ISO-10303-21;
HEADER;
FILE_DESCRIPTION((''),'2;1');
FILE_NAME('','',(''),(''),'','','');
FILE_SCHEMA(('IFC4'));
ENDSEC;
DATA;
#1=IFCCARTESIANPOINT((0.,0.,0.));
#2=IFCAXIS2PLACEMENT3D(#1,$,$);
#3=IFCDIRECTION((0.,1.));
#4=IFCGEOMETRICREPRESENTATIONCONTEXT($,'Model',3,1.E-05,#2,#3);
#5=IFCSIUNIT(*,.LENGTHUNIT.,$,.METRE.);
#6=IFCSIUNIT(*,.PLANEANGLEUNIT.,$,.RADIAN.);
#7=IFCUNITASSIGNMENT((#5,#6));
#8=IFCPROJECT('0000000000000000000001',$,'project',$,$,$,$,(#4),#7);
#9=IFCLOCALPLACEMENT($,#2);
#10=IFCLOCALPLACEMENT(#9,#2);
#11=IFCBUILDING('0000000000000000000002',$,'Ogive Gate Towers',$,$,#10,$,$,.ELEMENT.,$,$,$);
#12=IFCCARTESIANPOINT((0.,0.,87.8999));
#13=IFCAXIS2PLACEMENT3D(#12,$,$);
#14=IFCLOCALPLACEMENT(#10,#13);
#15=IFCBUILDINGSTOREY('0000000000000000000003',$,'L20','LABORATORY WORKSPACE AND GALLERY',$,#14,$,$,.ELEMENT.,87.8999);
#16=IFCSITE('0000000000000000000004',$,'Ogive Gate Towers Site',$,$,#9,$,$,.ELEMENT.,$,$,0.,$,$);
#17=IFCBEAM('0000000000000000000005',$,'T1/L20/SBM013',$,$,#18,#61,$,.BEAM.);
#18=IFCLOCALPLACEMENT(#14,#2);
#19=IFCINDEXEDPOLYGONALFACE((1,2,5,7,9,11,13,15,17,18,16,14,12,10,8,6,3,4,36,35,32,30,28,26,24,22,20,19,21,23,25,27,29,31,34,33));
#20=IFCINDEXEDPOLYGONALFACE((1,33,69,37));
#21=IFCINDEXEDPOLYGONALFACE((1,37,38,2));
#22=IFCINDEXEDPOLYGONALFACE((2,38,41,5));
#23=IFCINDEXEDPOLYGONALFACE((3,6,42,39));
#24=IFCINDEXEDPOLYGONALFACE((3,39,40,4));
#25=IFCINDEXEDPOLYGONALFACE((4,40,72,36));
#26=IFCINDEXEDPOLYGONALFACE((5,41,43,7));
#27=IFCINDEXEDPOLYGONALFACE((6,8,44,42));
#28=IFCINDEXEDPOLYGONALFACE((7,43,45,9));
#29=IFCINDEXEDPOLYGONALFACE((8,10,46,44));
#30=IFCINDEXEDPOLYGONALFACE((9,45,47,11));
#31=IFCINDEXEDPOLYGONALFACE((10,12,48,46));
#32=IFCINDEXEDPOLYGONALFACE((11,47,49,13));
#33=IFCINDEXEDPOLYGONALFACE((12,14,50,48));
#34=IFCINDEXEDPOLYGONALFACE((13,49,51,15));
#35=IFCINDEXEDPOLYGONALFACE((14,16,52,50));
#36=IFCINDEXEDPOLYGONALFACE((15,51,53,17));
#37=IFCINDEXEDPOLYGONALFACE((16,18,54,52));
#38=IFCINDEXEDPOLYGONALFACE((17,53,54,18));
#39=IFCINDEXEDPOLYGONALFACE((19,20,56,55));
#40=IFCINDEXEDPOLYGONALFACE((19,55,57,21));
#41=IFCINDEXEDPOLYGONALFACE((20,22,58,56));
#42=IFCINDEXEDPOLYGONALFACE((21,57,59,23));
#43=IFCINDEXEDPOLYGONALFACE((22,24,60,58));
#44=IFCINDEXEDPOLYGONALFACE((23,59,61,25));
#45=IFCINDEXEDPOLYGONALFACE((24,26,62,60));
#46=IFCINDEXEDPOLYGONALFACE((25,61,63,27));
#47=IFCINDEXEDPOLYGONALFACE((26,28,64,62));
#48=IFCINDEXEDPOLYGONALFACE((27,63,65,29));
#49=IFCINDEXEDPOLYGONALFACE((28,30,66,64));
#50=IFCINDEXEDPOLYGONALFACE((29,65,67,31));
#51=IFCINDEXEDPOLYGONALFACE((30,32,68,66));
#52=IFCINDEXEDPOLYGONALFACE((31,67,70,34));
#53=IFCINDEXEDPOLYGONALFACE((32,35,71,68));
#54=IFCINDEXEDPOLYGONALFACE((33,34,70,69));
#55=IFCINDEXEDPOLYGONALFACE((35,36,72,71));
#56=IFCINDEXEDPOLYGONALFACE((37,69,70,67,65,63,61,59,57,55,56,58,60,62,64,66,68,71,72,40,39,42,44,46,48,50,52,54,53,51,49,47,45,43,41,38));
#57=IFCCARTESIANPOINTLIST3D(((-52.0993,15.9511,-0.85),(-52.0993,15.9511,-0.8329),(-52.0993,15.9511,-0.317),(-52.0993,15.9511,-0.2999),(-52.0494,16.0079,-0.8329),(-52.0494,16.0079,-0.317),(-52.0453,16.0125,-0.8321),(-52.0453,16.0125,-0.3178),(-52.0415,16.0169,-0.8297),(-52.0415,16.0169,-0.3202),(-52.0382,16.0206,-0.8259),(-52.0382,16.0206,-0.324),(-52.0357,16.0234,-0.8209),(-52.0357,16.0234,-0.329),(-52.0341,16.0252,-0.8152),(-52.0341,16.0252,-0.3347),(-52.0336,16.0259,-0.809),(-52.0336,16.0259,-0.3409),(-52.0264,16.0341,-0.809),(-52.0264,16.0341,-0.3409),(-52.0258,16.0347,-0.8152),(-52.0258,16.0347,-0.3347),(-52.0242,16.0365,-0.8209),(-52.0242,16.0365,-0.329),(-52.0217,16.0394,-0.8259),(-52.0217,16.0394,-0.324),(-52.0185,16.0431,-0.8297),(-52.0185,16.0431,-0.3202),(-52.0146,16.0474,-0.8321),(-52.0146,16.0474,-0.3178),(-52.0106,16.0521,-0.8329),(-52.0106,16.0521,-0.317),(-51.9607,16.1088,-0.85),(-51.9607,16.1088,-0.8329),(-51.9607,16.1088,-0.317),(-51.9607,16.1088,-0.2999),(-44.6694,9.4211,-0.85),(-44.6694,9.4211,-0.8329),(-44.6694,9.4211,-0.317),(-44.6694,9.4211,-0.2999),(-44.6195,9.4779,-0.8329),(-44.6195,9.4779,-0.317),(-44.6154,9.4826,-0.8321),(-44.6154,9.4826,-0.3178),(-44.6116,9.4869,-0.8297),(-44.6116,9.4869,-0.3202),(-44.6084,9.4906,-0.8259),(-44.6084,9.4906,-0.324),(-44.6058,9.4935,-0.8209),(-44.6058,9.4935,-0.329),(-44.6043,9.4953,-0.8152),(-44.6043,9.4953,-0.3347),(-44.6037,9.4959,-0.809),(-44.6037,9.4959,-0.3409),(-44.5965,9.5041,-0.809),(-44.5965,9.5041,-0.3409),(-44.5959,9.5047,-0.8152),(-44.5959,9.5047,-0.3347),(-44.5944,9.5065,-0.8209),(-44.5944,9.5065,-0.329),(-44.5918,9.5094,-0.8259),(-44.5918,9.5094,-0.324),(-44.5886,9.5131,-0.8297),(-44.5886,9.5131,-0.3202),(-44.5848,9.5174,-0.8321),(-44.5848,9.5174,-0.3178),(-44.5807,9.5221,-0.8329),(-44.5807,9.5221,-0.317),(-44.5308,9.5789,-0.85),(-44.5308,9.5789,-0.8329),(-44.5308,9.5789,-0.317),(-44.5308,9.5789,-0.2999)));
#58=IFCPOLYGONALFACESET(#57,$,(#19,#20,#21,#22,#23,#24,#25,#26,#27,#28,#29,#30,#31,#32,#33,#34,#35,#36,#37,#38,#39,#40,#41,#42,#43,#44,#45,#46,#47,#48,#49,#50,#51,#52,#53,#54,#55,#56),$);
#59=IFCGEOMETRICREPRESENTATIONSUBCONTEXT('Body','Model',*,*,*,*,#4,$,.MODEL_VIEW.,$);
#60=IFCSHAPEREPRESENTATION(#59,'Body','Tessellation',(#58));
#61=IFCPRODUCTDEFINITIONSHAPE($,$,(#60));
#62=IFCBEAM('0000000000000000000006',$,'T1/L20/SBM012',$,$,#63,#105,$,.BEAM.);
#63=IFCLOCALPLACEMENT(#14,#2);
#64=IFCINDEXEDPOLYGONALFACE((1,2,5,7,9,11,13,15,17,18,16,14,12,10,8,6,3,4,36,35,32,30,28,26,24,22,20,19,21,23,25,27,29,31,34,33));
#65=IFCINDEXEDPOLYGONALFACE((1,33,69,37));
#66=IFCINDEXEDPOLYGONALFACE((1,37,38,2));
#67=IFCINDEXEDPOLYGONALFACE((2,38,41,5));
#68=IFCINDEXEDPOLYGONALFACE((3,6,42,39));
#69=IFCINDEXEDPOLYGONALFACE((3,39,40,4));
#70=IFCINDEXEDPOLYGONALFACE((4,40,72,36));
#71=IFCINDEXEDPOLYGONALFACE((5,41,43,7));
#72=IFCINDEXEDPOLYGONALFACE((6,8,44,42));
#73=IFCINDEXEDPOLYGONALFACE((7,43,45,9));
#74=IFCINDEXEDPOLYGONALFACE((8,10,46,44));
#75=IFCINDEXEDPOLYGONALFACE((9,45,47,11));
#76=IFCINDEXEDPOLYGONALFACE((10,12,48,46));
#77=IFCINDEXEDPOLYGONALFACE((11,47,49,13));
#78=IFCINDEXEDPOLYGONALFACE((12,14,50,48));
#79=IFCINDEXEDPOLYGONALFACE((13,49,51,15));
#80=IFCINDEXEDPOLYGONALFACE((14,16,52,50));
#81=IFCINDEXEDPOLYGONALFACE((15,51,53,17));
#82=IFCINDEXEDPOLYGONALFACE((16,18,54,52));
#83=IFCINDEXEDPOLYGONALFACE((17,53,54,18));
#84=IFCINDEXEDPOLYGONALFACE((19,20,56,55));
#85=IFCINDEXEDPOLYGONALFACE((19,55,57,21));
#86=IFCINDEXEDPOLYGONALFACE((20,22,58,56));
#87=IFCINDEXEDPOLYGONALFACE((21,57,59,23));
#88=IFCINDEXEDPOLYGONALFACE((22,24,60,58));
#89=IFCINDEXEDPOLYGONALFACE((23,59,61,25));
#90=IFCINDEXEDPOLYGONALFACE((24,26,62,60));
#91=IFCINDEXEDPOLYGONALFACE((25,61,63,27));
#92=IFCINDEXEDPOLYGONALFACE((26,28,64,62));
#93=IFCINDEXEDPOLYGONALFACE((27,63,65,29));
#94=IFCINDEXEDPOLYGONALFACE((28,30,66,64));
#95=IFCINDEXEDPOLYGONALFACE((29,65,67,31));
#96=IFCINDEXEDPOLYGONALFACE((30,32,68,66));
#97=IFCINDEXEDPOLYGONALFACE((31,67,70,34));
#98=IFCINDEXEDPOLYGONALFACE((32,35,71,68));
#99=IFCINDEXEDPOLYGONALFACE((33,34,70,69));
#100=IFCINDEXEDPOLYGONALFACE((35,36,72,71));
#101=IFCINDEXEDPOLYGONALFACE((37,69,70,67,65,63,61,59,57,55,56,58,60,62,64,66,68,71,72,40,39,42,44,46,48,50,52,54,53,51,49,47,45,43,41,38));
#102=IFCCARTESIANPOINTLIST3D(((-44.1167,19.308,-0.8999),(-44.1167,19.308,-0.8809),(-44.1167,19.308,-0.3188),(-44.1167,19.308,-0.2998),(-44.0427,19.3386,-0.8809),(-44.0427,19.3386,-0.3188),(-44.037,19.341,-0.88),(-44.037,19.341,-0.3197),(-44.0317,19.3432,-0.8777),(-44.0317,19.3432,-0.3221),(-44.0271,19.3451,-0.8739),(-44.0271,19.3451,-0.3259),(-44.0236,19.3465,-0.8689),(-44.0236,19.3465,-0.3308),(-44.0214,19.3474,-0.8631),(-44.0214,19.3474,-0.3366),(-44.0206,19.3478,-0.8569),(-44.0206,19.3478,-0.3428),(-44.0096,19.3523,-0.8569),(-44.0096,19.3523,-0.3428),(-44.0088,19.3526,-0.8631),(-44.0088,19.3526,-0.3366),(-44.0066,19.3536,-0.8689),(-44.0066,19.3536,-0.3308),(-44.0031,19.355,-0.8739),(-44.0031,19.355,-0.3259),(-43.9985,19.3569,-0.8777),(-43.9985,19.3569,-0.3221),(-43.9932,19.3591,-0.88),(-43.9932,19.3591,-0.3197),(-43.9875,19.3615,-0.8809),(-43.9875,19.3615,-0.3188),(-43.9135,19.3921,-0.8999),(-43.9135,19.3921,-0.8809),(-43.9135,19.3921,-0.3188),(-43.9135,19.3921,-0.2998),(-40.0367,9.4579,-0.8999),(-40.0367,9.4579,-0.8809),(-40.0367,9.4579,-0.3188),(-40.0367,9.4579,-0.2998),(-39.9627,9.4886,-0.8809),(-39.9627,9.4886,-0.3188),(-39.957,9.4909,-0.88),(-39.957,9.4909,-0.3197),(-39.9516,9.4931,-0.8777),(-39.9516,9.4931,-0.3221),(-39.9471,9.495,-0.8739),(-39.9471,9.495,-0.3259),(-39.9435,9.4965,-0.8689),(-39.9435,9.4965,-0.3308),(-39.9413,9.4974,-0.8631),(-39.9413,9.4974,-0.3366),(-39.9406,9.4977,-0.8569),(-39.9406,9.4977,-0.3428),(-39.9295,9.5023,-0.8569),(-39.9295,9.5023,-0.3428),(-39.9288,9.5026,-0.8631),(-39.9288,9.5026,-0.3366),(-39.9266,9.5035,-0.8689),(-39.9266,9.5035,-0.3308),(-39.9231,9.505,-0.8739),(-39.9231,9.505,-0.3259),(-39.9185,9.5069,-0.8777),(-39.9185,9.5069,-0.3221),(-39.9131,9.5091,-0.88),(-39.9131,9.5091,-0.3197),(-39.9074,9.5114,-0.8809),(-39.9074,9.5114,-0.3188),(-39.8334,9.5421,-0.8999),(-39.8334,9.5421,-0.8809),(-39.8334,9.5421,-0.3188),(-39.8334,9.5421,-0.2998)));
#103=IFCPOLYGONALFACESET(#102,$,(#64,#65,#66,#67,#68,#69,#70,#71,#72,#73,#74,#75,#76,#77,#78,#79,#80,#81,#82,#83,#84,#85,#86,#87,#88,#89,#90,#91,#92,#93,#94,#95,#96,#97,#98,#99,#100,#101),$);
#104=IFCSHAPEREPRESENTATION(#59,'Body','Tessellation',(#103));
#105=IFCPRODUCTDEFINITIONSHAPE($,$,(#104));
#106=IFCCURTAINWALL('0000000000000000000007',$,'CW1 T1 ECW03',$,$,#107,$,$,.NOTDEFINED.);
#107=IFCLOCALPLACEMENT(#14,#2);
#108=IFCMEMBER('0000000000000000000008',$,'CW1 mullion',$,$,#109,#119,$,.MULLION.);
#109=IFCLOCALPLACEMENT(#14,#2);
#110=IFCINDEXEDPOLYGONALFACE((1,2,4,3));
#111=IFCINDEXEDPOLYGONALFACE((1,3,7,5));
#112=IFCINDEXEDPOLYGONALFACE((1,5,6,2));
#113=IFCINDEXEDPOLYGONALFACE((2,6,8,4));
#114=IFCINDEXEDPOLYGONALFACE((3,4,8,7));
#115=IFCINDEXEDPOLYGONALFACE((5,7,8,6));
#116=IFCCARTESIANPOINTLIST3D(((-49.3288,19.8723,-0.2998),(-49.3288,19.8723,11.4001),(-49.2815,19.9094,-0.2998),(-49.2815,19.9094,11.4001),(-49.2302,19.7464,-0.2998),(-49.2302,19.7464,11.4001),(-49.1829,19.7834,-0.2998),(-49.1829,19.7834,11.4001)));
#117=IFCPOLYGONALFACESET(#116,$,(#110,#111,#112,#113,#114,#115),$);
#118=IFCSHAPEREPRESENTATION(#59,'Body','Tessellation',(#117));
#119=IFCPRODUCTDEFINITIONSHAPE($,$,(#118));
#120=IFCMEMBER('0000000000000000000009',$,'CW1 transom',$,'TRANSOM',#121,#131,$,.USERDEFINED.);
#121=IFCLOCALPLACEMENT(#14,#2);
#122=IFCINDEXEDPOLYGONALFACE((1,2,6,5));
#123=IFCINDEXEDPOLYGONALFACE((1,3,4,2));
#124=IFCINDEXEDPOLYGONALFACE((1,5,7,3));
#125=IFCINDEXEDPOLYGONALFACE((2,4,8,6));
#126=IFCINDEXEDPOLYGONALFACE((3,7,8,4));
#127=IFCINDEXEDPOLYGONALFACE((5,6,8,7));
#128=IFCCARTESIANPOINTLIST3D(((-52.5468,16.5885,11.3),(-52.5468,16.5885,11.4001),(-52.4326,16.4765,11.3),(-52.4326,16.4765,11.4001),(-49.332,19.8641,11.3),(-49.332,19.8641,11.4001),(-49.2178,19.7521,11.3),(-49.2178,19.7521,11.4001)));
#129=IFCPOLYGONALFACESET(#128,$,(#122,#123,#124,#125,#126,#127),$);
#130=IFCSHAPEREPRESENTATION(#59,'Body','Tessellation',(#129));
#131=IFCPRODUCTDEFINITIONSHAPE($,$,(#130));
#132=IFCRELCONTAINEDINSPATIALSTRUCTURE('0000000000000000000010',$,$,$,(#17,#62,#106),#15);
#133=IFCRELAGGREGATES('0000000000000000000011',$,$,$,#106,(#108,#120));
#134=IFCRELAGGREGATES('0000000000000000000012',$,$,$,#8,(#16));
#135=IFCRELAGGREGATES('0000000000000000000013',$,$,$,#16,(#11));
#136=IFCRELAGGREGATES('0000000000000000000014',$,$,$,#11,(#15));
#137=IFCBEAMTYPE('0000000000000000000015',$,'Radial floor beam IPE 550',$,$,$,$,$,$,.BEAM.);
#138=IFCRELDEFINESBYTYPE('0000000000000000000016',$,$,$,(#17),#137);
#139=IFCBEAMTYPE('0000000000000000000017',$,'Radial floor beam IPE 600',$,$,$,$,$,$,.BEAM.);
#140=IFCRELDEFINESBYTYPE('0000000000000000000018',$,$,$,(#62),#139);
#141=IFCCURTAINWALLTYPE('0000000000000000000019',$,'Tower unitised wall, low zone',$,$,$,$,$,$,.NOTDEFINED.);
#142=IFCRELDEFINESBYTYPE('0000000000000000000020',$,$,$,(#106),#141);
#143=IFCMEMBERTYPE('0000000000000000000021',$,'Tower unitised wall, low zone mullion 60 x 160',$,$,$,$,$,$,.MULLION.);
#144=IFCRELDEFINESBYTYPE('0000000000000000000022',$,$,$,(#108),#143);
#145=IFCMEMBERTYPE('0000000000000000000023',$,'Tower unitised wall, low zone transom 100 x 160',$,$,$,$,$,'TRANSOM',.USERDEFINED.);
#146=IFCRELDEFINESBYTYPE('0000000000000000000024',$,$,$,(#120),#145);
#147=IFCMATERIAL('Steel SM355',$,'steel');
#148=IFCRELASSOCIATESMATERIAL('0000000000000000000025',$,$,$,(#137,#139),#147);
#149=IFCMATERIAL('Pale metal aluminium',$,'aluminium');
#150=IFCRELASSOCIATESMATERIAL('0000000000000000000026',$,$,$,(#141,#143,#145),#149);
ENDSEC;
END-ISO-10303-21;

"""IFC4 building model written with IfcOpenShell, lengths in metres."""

from ifc_helpers import new_model, si_unit, direction, frame, origin, origin_2d, place, context, subcontext, project, spatial, rectangle, i_section, extrude, material, material_profile, profile_set, type_object, element, aggregate, save


model = new_model("IFC4")

# Units and contexts
model_context = context("Model", 3, precision=1e-05, world=origin(), true_north=direction((0.0, 1.0)))
body_context = subcontext(model_context, "Body", "Model", "MODEL_VIEW")
ifc_project = project(units=[si_unit("LENGTHUNIT", "METRE"), si_unit("PLANEANGLEUNIT", "RADIAN")], contexts=[model_context])

# Site, building, storey
site_placement = place(None, origin())
site = spatial("IfcSite", under=ifc_project, at=site_placement, Name="Ogive Gate Towers Site", CompositionType="ELEMENT", RefElevation=0.0)
building_placement = place(site_placement, origin())
building = spatial("IfcBuilding", under=site, at=building_placement, Name="Ogive Gate Towers", CompositionType="ELEMENT")
storey_placement = place(building_placement, frame((0.0, 0.0, 87.8999)))
storey = spatial("IfcBuildingStorey", under=building, at=storey_placement, Name="L20", Description="LABORATORY WORKSPACE AND GALLERY", CompositionType="ELEMENT", Elevation=87.8999)

# Beams
ifc_material_1 = material(Name="Steel SM355", Category="steel")
ifc_material_profile_1 = material_profile(ifc_material_1, i_section(OverallWidth=0.21, OverallDepth=0.55, WebThickness=0.011, FlangeThickness=0.0171, FilletRadius=0.0239, at=origin_2d()), Name="IPE 550")
ifc_profile_set_1 = profile_set([ifc_material_profile_1], Name="Steel SM355")
beam_type_1 = type_object("IfcBeamType", Name="Radial floor beam IPE 550", PredefinedType="BEAM", material=ifc_profile_set_1)
beam_1_placement = place(storey_placement, frame((-44.6001, 9.5, -0.575), z_axis=(-0.75113, 0.660154, 0.0), x_axis=(-0.660154, -0.75113, 0.0)))
element("IfcBeam", 1, at=beam_1_placement, inside=storey, type_object=beam_type_1, Name="T1/L20/SBM013", PredefinedType="BEAM", context=body_context, shape_type="SweptSolid", body=[
    extrude(i_section(OverallWidth=0.21, OverallDepth=0.55, WebThickness=0.011, FlangeThickness=0.0171, FilletRadius=0.0239, at=origin_2d()), origin(), (0.0, 0.0, 1.0), 9.8916),
])
ifc_material_profile_2 = material_profile(ifc_material_1, i_section(OverallWidth=0.22, OverallDepth=0.6001, WebThickness=0.012, FlangeThickness=0.019, FilletRadius=0.0239, at=origin_2d()), Name="IPE 600")
ifc_profile_set_2 = profile_set([ifc_material_profile_2], Name="Steel SM355")
beam_type_2 = type_object("IfcBeamType", Name="Radial floor beam IPE 600", PredefinedType="BEAM", material=ifc_profile_set_2)
beam_2_placement = place(storey_placement, frame((-39.9351, 9.5, -0.5999), z_axis=(-0.382686, 0.923878, 0.0), x_axis=(-0.923878, -0.382686, 0.0)))
element("IfcBeam", 2, at=beam_2_placement, inside=storey, type_object=beam_type_2, Name="T1/L20/SBM012", PredefinedType="BEAM", context=body_context, shape_type="SweptSolid", body=[
    extrude(i_section(OverallWidth=0.22, OverallDepth=0.6001, WebThickness=0.012, FlangeThickness=0.019, FilletRadius=0.0239, at=origin_2d()), origin(), (0.0, 0.0, 1.0), 10.6616),
])

# Curtain wall, members
ifc_material_2 = material(Name="Pale metal aluminium", Category="aluminium")
curtain_wall_type = type_object("IfcCurtainWallType", Name="Tower unitised wall, low zone", PredefinedType="NOTDEFINED", material=ifc_material_2)
curtain_wall_placement = place(storey_placement, origin())
curtain_wall = element("IfcCurtainWall", 3, at=curtain_wall_placement, inside=storey, type_object=curtain_wall_type, Name="CW1 T1 ECW03", PredefinedType="NOTDEFINED")
ifc_material_profile_3 = material_profile(ifc_material_2, rectangle(XDim=0.1599, YDim=0.0601, at=origin_2d()), Name="60 x 160 aluminium box")
ifc_profile_set_3 = profile_set([ifc_material_profile_3], Name="Pale metal aluminium")
member_type_1 = type_object("IfcMemberType", Name="Tower unitised wall, low zone mullion 60 x 160", PredefinedType="MULLION", material=ifc_profile_set_3)
member_1_placement = place(storey_placement, frame((-49.2559, 19.8279, -0.2998), z_axis=(0.0, 0.0, 1.0), x_axis=(-0.616321, 0.787495, 0.0)))
member_1 = element("IfcMember", 4, at=member_1_placement, type_object=member_type_1, Name="CW1 mullion", PredefinedType="MULLION", context=body_context, shape_type="SweptSolid", body=[
    extrude(rectangle(XDim=0.1599, YDim=0.0601, at=origin_2d()), origin(), (0.0, 0.0, 1.0), 11.7),
])
ifc_material_profile_4 = material_profile(ifc_material_2, rectangle(XDim=0.1599, YDim=0.1001, at=origin_2d()), Name="100 x 160 aluminium box")
ifc_profile_set_4 = profile_set([ifc_material_profile_4], Name="Pale metal aluminium")
member_type_2 = type_object("IfcMemberType", Name="Tower unitised wall, low zone transom 100 x 160", ElementType="TRANSOM", PredefinedType="USERDEFINED", material=ifc_profile_set_4)
member_2_placement = place(storey_placement, frame((-49.2749, 19.8081, 11.3501), z_axis=(-0.700453, -0.713698, 0.0), x_axis=(0.713698, -0.700453, 0.0)))
member_2 = element("IfcMember", 5, at=member_2_placement, type_object=member_type_2, Name="CW1 transom", ObjectType="TRANSOM", PredefinedType="USERDEFINED", context=body_context, shape_type="SweptSolid", body=[
    extrude(rectangle(XDim=0.1599, YDim=0.1001, at=origin_2d()), origin(), (0.0, 0.0, 1.0), 4.5896),
])
aggregate(curtain_wall, [member_1, member_2])

save(model, "model.ifc")
